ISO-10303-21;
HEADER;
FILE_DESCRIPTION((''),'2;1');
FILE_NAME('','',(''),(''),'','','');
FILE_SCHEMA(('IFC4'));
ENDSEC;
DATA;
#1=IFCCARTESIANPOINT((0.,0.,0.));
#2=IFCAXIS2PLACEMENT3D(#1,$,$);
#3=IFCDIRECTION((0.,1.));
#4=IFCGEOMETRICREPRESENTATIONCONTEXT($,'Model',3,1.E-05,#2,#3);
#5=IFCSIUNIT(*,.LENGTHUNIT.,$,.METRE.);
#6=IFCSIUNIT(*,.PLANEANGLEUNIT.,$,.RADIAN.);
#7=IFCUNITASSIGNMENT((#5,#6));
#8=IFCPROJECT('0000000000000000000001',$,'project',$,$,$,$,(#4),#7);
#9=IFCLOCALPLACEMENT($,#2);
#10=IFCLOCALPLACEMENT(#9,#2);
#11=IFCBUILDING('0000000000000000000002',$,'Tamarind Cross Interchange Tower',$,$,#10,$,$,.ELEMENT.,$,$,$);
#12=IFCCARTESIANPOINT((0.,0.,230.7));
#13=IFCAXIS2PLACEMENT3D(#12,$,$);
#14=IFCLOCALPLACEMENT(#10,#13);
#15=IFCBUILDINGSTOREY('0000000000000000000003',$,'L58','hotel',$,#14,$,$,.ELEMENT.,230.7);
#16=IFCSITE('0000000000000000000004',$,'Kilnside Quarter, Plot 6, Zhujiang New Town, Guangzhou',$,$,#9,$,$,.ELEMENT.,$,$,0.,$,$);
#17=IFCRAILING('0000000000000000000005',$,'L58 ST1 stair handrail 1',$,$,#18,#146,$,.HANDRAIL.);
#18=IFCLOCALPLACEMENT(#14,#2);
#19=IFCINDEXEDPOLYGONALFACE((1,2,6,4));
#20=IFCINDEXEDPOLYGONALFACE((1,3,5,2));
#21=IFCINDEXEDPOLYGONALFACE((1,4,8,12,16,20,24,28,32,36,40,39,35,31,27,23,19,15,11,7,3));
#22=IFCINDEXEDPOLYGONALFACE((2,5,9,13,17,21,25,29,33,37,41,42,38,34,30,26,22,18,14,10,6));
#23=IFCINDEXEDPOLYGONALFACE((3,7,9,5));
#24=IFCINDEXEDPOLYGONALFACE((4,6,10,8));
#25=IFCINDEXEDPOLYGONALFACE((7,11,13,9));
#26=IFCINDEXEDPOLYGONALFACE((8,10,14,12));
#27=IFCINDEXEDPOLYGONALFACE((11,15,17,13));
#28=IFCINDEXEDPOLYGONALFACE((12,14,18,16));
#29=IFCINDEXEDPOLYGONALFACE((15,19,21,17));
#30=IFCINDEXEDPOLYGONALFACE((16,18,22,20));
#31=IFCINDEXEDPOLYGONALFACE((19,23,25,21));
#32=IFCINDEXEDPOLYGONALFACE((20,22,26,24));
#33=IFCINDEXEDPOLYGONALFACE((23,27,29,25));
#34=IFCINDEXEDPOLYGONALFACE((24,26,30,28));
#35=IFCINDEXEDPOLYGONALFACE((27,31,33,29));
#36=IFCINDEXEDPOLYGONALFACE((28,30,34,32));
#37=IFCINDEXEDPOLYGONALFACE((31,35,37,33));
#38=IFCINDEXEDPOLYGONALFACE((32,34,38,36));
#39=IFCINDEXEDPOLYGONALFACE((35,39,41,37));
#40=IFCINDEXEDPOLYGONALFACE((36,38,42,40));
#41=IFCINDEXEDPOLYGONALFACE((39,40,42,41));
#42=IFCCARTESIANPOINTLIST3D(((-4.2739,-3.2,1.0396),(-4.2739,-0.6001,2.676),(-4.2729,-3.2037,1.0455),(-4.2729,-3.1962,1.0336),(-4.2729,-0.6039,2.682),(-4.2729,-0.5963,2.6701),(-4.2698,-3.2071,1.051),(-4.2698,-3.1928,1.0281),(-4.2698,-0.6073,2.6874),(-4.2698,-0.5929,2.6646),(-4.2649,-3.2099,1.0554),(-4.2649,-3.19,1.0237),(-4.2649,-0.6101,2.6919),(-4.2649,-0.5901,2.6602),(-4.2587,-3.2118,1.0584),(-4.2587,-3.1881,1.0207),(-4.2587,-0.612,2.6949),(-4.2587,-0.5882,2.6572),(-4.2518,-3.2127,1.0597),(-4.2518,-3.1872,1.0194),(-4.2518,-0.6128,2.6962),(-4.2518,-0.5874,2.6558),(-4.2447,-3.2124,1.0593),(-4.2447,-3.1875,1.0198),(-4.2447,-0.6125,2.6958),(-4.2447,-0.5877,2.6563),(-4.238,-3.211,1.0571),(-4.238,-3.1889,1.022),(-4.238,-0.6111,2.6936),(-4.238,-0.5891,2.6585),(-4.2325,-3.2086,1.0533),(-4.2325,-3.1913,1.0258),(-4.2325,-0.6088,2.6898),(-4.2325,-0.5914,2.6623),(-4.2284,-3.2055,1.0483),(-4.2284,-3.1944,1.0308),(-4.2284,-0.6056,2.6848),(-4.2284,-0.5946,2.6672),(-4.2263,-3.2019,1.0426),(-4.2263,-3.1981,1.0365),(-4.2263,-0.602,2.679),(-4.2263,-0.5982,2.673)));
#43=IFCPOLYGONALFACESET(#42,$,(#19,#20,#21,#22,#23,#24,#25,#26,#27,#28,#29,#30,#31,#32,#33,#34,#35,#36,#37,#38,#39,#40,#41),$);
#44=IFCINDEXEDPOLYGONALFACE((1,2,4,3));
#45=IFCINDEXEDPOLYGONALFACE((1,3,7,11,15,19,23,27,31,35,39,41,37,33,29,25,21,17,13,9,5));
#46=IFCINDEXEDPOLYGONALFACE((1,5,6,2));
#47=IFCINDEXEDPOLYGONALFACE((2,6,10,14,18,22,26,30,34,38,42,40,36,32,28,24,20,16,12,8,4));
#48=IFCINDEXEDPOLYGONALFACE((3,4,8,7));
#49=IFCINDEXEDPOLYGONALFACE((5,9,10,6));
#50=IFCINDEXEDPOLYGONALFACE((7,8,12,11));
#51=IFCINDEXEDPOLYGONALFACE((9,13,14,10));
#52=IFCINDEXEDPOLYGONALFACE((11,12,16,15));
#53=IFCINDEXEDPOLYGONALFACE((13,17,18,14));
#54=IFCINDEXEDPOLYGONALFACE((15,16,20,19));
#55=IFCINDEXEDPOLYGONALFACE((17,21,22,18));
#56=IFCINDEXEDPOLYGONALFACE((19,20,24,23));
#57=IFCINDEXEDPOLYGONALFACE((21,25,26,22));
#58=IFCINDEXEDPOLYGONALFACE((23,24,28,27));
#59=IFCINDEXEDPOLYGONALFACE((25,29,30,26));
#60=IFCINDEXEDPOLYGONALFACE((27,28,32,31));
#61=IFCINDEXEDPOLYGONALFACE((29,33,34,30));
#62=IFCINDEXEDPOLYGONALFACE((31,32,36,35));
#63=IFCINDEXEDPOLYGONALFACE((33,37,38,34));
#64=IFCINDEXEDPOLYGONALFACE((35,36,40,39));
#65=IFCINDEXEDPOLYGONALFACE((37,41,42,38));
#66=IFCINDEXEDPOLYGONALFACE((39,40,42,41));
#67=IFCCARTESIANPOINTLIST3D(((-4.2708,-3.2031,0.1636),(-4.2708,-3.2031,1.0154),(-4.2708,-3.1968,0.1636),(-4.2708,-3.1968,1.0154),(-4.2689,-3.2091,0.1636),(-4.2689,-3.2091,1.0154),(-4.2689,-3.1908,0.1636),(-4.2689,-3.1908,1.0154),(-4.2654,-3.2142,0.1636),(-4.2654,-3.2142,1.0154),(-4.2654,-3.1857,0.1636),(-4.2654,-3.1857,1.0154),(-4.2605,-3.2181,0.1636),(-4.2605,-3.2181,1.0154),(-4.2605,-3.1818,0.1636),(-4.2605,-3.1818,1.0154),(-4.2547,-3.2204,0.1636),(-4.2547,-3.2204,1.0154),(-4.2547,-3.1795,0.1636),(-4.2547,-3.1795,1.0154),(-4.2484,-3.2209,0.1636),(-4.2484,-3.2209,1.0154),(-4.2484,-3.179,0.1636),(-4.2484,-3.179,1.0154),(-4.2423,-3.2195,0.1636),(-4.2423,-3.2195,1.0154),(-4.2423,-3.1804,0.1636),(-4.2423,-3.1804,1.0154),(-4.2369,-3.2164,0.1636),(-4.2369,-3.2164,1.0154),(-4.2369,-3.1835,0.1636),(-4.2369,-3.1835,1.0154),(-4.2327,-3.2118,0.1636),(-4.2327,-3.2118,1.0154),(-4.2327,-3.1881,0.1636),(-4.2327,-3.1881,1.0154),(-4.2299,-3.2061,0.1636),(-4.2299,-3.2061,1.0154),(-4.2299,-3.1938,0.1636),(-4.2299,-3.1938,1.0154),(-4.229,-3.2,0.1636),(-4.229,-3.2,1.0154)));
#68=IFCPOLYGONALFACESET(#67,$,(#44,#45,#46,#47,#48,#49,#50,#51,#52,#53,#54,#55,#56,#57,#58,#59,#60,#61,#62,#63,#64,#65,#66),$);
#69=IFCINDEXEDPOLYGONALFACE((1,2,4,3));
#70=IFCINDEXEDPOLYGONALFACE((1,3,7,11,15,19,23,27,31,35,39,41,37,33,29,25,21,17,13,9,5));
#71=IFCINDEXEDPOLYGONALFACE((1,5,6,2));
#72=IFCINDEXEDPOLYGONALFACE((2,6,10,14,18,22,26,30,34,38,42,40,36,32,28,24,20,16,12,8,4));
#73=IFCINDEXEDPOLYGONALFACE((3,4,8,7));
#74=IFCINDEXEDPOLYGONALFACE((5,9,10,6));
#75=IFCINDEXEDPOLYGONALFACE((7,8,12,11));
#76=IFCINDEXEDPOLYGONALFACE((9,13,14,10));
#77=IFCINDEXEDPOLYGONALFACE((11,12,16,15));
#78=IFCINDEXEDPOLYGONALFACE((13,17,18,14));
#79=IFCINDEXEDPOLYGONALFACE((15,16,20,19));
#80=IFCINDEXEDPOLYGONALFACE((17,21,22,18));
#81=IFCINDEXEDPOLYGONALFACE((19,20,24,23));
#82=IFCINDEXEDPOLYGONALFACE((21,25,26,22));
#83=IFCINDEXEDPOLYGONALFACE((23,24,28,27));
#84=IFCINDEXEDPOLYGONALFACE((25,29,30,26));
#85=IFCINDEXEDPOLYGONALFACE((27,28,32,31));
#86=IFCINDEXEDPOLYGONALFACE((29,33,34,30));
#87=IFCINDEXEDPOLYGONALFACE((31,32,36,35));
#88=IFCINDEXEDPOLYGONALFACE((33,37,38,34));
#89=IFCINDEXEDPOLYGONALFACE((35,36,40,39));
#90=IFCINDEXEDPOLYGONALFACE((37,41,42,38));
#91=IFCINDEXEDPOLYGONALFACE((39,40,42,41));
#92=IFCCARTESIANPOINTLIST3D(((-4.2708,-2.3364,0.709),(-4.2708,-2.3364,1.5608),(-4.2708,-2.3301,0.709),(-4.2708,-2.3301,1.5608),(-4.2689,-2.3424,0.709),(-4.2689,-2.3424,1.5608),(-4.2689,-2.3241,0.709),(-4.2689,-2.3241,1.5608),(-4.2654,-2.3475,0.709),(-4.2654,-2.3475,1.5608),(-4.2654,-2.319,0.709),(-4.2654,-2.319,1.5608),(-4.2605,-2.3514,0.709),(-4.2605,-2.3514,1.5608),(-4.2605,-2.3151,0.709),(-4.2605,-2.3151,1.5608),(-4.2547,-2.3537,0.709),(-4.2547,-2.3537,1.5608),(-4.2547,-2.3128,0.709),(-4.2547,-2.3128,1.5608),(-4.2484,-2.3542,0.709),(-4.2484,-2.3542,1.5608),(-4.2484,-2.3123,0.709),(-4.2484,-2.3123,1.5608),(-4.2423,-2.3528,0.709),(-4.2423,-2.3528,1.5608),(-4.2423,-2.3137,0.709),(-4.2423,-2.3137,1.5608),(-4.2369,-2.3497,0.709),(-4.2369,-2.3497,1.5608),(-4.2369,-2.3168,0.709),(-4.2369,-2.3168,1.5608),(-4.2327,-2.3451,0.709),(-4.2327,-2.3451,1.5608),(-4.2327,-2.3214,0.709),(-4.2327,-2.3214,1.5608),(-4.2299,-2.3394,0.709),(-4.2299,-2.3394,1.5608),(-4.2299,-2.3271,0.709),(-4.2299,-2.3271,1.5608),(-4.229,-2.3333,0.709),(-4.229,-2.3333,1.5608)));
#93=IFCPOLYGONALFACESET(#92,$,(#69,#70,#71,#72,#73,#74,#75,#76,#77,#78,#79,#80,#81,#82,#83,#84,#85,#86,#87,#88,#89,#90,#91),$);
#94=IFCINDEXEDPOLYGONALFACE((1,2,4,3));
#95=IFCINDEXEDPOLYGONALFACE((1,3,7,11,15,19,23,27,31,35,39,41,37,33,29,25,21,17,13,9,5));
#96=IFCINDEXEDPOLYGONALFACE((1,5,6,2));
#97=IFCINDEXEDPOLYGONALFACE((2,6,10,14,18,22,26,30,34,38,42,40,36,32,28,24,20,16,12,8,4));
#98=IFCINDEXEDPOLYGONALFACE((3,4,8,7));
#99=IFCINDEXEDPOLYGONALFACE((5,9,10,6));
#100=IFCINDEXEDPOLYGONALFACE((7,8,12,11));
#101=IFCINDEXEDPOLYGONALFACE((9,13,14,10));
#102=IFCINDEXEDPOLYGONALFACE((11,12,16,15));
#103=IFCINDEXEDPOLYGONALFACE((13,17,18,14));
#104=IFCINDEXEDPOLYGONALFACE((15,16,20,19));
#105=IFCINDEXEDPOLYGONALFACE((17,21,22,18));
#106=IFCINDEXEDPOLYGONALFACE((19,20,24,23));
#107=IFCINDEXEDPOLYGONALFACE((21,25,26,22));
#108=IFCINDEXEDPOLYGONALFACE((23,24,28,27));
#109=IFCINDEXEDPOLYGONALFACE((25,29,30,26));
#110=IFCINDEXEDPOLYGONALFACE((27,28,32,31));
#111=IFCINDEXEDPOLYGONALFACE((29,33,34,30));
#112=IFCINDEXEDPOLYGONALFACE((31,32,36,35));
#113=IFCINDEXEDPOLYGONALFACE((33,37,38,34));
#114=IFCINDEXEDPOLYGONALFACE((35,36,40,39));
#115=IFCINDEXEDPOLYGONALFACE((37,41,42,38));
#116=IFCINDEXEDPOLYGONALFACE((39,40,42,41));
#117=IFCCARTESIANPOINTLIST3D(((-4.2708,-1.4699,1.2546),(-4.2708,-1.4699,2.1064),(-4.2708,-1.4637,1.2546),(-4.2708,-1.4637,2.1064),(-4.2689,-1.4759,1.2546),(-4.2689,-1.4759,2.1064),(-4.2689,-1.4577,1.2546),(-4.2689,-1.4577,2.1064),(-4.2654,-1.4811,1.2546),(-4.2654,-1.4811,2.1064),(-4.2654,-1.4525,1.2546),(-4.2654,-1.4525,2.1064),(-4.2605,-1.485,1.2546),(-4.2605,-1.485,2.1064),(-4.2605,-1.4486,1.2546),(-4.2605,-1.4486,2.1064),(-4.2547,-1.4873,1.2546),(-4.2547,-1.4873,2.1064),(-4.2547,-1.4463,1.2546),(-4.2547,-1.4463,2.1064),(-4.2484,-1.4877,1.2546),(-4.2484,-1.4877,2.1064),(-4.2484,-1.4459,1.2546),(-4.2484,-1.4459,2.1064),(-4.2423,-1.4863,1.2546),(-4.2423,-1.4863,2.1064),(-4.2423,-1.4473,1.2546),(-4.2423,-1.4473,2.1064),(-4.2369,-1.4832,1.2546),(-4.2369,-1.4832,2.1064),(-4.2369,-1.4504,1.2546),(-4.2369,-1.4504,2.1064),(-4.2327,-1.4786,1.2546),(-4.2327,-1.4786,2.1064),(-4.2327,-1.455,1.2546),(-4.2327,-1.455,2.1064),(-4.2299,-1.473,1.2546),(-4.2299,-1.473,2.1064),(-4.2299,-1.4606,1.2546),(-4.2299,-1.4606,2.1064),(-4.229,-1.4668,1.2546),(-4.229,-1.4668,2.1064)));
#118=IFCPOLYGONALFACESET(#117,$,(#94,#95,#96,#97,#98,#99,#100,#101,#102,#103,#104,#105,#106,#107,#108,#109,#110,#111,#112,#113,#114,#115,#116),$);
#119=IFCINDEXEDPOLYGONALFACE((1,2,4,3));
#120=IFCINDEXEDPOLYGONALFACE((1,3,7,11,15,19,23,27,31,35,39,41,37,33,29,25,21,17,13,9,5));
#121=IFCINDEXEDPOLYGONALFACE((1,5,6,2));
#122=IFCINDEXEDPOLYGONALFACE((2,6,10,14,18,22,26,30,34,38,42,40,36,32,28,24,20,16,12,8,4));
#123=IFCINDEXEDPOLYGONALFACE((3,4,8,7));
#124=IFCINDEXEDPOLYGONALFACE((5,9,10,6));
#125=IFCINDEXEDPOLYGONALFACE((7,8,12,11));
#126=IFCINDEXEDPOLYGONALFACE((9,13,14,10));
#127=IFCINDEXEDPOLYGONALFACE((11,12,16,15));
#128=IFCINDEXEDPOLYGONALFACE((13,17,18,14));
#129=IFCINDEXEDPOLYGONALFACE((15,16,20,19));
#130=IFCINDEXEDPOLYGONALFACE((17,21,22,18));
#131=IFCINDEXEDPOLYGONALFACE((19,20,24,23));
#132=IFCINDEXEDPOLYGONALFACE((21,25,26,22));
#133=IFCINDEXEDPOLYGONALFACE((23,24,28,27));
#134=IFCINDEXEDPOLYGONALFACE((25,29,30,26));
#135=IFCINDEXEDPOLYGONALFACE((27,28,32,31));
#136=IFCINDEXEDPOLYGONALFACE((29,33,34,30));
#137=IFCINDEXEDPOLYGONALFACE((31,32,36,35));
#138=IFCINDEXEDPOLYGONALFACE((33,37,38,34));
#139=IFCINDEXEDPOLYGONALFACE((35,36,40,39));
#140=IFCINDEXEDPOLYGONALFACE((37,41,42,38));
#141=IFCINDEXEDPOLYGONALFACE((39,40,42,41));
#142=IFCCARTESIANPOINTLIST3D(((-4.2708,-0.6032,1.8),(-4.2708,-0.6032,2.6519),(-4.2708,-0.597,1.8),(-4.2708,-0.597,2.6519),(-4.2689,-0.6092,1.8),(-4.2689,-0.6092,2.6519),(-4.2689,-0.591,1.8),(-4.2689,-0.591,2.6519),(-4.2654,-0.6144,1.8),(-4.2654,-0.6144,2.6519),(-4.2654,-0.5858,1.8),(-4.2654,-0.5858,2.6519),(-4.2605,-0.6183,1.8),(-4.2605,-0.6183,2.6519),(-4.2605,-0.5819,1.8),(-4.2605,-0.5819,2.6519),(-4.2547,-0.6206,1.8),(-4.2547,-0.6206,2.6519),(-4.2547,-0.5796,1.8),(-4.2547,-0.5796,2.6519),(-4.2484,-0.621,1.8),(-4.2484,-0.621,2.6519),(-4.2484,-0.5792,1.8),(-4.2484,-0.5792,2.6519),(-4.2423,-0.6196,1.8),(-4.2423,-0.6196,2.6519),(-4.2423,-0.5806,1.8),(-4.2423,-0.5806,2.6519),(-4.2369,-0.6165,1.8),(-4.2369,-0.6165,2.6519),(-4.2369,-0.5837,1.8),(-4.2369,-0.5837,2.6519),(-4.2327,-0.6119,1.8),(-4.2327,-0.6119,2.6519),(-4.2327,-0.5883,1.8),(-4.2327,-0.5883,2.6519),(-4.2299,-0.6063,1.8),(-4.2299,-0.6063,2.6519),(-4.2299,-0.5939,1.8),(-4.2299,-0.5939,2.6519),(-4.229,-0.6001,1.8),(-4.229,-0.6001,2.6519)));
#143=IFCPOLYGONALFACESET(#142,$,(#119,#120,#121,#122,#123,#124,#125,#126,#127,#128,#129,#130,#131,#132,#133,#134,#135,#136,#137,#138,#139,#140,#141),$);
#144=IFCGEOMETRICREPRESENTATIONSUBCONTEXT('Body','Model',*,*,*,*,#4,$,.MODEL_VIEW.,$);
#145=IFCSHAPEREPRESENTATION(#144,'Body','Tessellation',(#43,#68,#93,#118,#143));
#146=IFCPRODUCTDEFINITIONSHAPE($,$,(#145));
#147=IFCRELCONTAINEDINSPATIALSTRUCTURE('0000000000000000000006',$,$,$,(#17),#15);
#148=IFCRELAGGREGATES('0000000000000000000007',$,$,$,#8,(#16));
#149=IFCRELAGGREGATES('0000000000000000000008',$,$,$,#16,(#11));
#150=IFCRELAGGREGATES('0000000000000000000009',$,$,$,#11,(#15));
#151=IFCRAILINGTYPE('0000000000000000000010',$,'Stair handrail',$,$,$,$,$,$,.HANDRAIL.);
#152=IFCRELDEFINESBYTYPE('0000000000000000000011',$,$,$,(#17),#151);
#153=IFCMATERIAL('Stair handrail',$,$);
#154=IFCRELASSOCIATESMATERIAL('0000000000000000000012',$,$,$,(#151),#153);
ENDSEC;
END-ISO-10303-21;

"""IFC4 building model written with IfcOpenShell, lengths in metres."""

from ifc_helpers import new_model, si_unit, direction, frame, origin, origin_2d, place, context, subcontext, project, spatial, circle, extrude, material, type_object, element, save


model = new_model("IFC4")

# Units and contexts
model_context = context("Model", 3, precision=1e-05, world=origin(), true_north=direction((0.0, 1.0)))
body_context = subcontext(model_context, "Body", "Model", "MODEL_VIEW")
ifc_project = project(units=[si_unit("LENGTHUNIT", "METRE"), si_unit("PLANEANGLEUNIT", "RADIAN")], contexts=[model_context])

# Site, building, storey
site_placement = place(None, origin())
site = spatial("IfcSite", under=ifc_project, at=site_placement, Name="Kilnside Quarter, Plot 6, Zhujiang New Town, Guangzhou", CompositionType="ELEMENT", RefElevation=0.0)
building_placement = place(site_placement, origin())
building = spatial("IfcBuilding", under=site, at=building_placement, Name="Tamarind Cross Interchange Tower", CompositionType="ELEMENT")
storey_placement = place(building_placement, frame((0.0, 0.0, 230.7)))
storey = spatial("IfcBuildingStorey", under=building, at=storey_placement, Name="L58", Description="hotel", CompositionType="ELEMENT", Elevation=230.7)

# Railing
ifc_material_1 = material(Name="Stair handrail")
railing_type_1 = type_object("IfcRailingType", Name="Stair handrail", PredefinedType="HANDRAIL", material=ifc_material_1)
railing_1_placement = place(storey_placement, frame((-4.25, -3.2, 0.1636)))
element("IfcRailing", 1, at=railing_1_placement, inside=storey, type_object=railing_type_1, Name="L58 ST1 stair handrail 1", PredefinedType="HANDRAIL", context=body_context, shape_type="SweptSolid", body=[
    extrude(circle(Radius=0.0239, at=origin_2d()), frame((0.0, 0.0, 0.876), z_axis=(0.0, 0.846302, 0.532704), x_axis=(-1.0, 0.0, 0.0)), (0.0, 0.0, 1.0), 3.072),
    extrude(circle(Radius=0.021, at=origin_2d()), origin(), (0.0, 0.0, 1.0), 0.8518),
    extrude(circle(Radius=0.021, at=origin_2d()), frame((0.0, 0.8667, 0.5454)), (0.0, 0.0, 1.0), 0.8518),
    extrude(circle(Radius=0.021, at=origin_2d()), frame((0.0, 1.7332, 1.0911)), (0.0, 0.0, 1.0), 0.8518),
    extrude(circle(Radius=0.021, at=origin_2d()), frame((0.0, 2.5999, 1.6365)), (0.0, 0.0, 1.0), 0.8518),
])

save(model, "model.ifc")
